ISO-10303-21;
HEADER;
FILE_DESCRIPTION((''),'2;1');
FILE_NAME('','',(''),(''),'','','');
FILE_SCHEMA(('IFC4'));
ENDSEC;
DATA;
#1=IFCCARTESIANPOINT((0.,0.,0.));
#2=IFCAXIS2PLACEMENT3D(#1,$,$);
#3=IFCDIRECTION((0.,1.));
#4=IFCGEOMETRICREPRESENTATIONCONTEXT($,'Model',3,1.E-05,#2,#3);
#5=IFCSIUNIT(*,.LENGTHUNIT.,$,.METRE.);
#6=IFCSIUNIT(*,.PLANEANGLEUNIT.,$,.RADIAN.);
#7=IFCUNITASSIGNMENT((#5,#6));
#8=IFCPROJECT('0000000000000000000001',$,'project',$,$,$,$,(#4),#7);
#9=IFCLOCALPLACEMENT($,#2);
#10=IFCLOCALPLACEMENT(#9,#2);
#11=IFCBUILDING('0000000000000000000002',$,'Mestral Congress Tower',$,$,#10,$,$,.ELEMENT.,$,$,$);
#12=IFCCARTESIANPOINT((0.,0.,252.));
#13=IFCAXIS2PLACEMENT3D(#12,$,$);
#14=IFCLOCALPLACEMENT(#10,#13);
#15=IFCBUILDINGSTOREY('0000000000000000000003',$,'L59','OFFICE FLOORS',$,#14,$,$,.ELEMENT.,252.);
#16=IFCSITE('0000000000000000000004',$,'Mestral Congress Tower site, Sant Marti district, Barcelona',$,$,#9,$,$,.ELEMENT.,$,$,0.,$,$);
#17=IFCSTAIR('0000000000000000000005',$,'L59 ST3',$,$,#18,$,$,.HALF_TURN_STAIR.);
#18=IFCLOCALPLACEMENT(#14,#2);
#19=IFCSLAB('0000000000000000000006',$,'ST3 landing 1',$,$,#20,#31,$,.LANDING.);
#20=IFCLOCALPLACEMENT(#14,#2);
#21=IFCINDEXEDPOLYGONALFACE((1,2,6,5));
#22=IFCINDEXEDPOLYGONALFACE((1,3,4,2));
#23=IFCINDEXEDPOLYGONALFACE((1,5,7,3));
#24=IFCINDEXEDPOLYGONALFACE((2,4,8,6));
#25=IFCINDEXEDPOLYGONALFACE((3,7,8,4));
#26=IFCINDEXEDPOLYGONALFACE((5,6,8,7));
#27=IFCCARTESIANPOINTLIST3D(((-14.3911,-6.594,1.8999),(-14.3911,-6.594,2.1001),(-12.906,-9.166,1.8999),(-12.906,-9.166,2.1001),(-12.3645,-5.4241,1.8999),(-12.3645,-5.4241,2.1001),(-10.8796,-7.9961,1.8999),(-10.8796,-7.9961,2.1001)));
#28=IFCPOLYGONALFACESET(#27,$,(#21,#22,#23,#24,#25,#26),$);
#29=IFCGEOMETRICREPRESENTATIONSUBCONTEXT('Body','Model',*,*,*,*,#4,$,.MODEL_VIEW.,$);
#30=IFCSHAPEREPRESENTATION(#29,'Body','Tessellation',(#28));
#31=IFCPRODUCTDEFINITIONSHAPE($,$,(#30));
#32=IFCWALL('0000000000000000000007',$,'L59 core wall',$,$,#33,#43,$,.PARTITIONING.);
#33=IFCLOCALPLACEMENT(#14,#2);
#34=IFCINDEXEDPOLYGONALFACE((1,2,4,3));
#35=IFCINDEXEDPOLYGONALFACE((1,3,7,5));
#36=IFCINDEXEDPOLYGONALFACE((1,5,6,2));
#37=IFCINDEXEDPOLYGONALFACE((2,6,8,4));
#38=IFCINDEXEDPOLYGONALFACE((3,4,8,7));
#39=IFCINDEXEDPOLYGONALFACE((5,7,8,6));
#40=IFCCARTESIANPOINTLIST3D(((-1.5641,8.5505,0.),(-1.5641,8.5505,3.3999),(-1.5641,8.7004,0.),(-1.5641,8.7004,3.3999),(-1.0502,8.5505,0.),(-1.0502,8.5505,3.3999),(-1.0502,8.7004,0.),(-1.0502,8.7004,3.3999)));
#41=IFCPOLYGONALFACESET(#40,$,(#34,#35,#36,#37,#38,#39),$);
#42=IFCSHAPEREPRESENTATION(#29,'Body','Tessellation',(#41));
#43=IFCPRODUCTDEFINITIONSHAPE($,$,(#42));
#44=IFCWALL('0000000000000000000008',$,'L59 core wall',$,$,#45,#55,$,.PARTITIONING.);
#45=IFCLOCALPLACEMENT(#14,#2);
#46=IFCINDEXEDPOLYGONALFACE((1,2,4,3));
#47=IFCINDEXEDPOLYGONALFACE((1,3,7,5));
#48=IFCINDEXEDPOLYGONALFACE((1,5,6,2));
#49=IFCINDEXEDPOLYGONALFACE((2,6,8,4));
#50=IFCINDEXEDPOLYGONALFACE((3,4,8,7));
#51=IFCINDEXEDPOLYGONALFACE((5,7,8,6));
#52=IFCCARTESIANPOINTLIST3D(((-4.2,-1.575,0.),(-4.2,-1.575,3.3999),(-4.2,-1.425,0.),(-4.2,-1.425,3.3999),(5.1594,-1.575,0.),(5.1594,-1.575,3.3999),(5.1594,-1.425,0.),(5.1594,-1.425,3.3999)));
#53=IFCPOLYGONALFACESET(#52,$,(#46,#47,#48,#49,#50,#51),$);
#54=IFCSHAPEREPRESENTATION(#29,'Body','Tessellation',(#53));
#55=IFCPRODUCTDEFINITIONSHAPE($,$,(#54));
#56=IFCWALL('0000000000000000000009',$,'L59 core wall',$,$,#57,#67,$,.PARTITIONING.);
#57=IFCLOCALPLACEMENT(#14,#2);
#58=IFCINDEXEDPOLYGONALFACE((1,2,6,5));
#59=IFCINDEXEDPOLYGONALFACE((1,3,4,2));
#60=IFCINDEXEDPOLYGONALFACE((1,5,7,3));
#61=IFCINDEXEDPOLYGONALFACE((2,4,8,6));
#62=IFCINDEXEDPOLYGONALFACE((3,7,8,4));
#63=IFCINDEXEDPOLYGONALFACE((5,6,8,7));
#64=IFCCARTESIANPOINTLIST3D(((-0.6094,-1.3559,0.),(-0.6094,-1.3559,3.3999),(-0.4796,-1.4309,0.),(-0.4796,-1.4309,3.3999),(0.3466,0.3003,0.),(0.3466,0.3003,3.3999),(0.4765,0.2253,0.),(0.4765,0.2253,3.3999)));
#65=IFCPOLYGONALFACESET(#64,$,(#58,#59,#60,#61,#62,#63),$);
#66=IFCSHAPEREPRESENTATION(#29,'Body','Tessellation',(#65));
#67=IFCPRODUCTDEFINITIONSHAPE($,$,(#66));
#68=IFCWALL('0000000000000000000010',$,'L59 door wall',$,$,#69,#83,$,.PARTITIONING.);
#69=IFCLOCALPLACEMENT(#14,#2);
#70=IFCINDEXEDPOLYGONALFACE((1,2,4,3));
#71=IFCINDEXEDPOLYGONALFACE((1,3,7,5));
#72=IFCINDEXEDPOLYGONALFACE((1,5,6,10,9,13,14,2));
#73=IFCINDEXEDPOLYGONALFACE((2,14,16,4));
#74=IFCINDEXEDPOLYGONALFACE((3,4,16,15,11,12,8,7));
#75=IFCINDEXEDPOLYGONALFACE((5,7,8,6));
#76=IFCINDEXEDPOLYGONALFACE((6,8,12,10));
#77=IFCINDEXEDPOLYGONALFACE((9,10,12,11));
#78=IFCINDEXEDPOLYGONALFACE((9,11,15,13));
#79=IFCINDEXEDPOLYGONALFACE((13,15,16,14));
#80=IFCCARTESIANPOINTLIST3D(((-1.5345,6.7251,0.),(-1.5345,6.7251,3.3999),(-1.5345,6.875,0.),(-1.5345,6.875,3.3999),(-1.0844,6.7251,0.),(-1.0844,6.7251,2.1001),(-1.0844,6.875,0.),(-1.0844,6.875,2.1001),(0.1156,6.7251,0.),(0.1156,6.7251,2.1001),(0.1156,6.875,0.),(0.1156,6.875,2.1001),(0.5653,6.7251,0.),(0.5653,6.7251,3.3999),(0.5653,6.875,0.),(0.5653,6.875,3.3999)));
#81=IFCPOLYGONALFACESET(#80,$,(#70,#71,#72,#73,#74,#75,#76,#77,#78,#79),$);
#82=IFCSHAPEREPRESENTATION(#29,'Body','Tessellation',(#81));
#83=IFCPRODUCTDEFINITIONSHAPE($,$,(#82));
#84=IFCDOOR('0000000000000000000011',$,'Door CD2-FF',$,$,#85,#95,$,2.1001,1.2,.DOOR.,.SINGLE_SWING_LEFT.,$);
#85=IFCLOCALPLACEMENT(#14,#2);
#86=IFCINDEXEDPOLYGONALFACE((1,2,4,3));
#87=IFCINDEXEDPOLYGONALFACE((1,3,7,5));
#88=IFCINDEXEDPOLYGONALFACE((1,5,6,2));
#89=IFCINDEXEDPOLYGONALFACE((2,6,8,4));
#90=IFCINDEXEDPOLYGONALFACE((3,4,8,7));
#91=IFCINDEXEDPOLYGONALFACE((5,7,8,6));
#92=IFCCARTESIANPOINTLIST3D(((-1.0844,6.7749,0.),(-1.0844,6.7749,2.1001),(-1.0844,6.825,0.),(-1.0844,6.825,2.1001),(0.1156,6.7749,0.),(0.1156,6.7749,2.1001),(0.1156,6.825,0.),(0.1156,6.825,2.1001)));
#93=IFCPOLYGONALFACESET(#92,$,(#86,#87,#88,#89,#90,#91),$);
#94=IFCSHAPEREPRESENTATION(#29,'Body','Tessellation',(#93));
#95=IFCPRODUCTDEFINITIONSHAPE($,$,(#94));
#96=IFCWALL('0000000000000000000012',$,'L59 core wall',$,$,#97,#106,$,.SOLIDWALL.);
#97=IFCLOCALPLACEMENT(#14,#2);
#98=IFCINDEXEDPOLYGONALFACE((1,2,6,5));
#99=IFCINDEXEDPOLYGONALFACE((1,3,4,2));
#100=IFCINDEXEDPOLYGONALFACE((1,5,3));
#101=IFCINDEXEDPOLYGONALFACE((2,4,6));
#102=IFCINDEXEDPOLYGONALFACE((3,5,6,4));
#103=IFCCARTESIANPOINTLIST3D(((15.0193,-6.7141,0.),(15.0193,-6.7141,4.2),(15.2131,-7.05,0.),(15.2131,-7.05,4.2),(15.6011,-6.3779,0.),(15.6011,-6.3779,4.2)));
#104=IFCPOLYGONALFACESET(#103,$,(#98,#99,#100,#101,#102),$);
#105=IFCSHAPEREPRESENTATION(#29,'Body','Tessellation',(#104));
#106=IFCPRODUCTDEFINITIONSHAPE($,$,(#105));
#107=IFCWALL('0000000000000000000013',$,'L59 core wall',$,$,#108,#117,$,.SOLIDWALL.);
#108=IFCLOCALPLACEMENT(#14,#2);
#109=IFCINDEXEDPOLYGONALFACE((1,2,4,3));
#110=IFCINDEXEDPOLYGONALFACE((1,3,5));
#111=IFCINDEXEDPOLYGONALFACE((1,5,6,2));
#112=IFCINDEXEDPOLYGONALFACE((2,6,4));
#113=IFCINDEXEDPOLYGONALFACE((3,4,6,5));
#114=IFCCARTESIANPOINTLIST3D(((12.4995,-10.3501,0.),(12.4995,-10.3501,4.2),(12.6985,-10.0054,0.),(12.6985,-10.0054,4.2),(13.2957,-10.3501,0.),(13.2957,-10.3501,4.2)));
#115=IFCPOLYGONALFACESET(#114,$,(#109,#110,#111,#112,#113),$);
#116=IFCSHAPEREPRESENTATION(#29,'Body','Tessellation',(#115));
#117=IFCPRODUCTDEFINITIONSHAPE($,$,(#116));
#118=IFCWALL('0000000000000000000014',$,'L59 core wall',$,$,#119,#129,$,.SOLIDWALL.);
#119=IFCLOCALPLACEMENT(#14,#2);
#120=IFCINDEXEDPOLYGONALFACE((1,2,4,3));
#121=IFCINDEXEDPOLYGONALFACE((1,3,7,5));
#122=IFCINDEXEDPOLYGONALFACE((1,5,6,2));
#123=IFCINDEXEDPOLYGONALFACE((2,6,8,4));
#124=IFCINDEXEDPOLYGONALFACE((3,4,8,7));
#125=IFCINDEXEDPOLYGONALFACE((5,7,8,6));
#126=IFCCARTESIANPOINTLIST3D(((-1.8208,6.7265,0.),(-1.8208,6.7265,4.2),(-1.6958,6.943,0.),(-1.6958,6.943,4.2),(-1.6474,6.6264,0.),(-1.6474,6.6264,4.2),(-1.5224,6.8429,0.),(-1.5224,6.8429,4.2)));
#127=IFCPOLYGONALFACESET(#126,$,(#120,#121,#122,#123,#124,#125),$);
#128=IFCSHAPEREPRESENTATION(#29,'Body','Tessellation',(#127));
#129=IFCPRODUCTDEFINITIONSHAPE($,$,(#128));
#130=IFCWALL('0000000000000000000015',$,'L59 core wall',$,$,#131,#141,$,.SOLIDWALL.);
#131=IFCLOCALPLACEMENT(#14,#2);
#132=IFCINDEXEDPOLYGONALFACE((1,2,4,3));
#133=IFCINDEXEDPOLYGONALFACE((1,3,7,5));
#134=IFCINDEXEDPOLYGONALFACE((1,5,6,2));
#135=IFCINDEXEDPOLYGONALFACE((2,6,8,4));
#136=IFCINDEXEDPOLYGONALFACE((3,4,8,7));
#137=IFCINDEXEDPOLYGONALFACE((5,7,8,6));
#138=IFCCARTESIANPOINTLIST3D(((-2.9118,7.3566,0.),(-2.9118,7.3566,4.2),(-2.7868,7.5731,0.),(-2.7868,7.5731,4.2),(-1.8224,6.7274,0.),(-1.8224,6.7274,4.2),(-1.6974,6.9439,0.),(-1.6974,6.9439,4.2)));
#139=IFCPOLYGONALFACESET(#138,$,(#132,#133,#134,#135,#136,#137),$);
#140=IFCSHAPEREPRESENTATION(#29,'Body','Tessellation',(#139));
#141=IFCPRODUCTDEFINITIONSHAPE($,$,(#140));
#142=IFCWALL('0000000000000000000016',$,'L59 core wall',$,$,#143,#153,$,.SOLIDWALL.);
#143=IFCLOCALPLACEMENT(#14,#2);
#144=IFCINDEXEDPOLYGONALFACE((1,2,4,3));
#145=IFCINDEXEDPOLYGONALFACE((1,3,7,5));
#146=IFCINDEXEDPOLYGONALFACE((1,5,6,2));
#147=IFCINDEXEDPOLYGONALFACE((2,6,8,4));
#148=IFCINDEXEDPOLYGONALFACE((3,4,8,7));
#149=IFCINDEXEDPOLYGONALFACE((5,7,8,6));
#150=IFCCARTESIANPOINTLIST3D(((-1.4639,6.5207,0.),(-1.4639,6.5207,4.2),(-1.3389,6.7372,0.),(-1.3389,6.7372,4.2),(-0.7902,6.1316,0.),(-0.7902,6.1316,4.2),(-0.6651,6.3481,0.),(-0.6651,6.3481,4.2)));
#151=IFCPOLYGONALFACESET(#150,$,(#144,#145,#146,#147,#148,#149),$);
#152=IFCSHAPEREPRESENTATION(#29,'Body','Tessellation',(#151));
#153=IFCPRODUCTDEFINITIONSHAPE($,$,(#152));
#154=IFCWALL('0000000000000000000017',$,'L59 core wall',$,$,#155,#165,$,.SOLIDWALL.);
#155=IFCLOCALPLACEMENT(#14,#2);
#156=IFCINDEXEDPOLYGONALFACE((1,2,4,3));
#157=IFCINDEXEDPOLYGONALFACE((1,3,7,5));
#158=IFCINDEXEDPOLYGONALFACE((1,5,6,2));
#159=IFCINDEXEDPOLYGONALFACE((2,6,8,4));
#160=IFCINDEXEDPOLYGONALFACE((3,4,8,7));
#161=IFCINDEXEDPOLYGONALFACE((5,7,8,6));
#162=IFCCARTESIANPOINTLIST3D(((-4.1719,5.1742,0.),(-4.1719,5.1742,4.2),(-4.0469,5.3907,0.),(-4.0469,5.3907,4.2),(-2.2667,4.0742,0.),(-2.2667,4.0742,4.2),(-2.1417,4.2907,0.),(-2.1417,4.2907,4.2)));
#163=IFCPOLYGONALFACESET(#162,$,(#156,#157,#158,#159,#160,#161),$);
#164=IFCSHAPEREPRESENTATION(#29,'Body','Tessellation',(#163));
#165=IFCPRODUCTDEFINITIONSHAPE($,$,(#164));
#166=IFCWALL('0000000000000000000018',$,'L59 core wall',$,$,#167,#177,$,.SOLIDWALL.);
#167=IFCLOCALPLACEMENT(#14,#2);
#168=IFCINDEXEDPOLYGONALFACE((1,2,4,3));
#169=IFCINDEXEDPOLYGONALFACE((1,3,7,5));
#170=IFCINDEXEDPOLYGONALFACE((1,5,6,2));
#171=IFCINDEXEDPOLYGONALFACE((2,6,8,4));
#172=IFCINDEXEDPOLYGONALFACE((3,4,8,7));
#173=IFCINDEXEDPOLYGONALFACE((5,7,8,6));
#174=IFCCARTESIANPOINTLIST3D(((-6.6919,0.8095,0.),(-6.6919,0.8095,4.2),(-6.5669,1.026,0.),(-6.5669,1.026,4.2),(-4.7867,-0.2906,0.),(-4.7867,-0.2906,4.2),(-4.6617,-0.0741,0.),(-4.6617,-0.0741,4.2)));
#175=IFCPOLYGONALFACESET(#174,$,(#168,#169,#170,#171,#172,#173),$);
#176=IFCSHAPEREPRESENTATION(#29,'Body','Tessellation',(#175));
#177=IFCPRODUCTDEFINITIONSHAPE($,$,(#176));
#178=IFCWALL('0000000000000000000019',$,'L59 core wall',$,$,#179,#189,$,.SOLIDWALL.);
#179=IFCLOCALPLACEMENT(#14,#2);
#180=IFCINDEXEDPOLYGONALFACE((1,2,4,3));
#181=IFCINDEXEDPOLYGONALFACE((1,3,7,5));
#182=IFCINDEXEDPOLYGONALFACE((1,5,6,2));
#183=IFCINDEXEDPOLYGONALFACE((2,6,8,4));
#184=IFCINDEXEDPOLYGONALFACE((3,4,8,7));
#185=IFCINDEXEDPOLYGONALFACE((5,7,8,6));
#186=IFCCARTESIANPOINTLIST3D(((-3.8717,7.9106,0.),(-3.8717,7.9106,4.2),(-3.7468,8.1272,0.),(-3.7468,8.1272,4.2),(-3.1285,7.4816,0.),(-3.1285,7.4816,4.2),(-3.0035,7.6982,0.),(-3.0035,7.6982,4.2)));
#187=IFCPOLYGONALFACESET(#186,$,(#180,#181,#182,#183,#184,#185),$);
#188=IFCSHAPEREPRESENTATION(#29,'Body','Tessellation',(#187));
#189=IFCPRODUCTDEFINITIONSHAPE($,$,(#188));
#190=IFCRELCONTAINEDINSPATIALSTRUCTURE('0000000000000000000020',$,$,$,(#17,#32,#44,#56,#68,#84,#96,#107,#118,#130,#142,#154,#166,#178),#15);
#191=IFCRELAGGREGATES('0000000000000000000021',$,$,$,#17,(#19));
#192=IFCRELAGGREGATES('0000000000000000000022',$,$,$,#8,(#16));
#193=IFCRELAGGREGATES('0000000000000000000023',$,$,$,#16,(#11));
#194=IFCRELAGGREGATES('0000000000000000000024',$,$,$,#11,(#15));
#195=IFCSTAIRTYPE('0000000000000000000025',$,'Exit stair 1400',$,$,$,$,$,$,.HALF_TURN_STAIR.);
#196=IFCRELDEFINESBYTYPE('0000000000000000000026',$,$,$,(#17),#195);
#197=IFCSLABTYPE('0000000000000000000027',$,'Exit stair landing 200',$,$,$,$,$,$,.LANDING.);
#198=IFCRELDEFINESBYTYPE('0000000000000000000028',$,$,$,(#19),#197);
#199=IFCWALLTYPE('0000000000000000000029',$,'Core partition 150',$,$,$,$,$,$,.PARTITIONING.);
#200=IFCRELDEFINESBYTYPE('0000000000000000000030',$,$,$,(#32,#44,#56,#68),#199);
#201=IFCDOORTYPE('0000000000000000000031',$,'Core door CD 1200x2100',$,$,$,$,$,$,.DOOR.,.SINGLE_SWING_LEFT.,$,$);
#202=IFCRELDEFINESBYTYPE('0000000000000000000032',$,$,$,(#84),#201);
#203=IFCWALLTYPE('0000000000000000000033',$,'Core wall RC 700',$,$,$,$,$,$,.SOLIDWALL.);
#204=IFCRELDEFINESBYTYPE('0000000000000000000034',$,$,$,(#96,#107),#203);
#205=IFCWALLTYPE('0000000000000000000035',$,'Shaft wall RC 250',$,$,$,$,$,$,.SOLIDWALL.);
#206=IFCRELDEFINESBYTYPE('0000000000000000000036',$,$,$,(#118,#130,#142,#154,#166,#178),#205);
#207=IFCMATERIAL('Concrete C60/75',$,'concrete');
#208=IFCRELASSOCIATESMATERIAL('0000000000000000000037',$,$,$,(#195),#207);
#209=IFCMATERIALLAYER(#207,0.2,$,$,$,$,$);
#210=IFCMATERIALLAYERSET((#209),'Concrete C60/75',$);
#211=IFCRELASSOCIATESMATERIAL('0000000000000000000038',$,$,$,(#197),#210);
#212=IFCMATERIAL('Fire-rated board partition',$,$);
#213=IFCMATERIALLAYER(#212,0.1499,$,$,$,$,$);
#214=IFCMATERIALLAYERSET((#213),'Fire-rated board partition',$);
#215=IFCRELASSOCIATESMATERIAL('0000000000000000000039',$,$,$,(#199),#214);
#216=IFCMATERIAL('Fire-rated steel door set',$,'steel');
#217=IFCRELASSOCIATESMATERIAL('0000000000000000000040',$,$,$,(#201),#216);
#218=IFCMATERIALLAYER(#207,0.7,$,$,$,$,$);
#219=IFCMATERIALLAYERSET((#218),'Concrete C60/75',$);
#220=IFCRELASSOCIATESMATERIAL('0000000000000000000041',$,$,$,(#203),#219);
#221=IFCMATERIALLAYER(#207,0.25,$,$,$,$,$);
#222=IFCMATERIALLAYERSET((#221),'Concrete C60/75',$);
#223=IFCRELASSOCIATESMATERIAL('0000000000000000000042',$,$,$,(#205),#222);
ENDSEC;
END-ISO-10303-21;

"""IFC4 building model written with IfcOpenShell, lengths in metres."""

from ifc_helpers import new_model, si_unit, direction, frame, frame_2d, origin, place, context, subcontext, project, spatial, polyline, rectangle, outline, extrude, material, layer, layer_set, type_object, element, fill, aggregate, save


model = new_model("IFC4")

# Units and contexts
model_context = context("Model", 3, precision=1e-05, world=origin(), true_north=direction((0.0, 1.0)))
body_context = subcontext(model_context, "Body", "Model", "MODEL_VIEW")
ifc_project = project(units=[si_unit("LENGTHUNIT", "METRE"), si_unit("PLANEANGLEUNIT", "RADIAN")], contexts=[model_context])

# Site, building, storey
site_placement = place(None, origin())
site = spatial("IfcSite", under=ifc_project, at=site_placement, Name="Mestral Congress Tower site, Sant Marti district, Barcelona", CompositionType="ELEMENT", RefElevation=0.0)
building_placement = place(site_placement, origin())
building = spatial("IfcBuilding", under=site, at=building_placement, Name="Mestral Congress Tower", CompositionType="ELEMENT")
storey_placement = place(building_placement, frame((0.0, 0.0, 252.0)))
storey = spatial("IfcBuildingStorey", under=building, at=storey_placement, Name="L59", Description="OFFICE FLOORS", CompositionType="ELEMENT", Elevation=252.0)

# Shared definitions
ifc_material_1 = material(Name="Concrete C60/75", Category="concrete")

# Stair, slab
stair_type = type_object("IfcStairType", Name="Exit stair 1400", PredefinedType="HALF_TURN_STAIR", material=ifc_material_1)
placement_1 = place(storey_placement, origin())
ifc_layer_1 = layer(ifc_material_1, 0.2)
ifc_layer_set_1 = layer_set([ifc_layer_1], Name="Concrete C60/75")
slab_type_1 = type_object("IfcSlabType", Name="Exit stair landing 200", PredefinedType="LANDING", material=ifc_layer_set_1)
placement_2 = place(storey_placement, frame((0.0, 0.0, 1.8999)))
stair_1 = element("IfcStair", 1, at=placement_1, inside=storey, type_object=stair_type, Name="L59 ST3", PredefinedType="HALF_TURN_STAIR")
slab_1 = element("IfcSlab", 2, at=placement_2, type_object=slab_type_1, Name="ST3 landing 1", PredefinedType="LANDING", context=body_context, shape_type="SweptSolid", body=[
    extrude(outline(polyline([(-12.3645, -5.4241), (-10.8796, -7.9961), (-12.906, -9.166), (-14.3911, -6.594), (-12.3645, -5.4241)])), origin(), (0.0, 0.0, 1.0), 0.2002),
])
aggregate(stair_1, [slab_1])

# Walls
ifc_material_2 = material(Name="Fire-rated board partition")
ifc_layer_2 = layer(ifc_material_2, 0.1499)
ifc_layer_set_2 = layer_set([ifc_layer_2], Name="Fire-rated board partition")
wall_type_1 = type_object("IfcWallType", Name="Core partition 150", PredefinedType="PARTITIONING", material=ifc_layer_set_2)
wall_1_placement = place(storey_placement, frame((-1.564, 8.6255, 0.0), z_axis=(0.0, 0.0, 1.0), x_axis=(1.0, 0.0, 0.0)))
element("IfcWall", 3, at=wall_1_placement, inside=storey, type_object=wall_type_1, Name="L59 core wall", PredefinedType="PARTITIONING", context=body_context, shape_type="SweptSolid", body=[
    extrude(rectangle(XDim=0.5139, YDim=0.1499, at=frame_2d((0.2568, 0.0))), origin(), (0.0, 0.0, 1.0), 3.3999),
])
wall_2_placement = place(storey_placement, frame((-4.2, -1.5, 0.0), z_axis=(0.0, 0.0, 1.0), x_axis=(1.0, 0.0, 0.0)))
element("IfcWall", 4, at=wall_2_placement, inside=storey, type_object=wall_type_1, Name="L59 core wall", PredefinedType="PARTITIONING", context=body_context, shape_type="SweptSolid", body=[
    extrude(rectangle(XDim=9.3594, YDim=0.1499, at=frame_2d((4.6797, 0.0))), origin(), (0.0, 0.0, 1.0), 3.3999),
])
wall_3_placement = place(storey_placement, frame((-0.5444, -1.3933, 0.0), z_axis=(0.0, 0.0, 1.0), x_axis=(0.499929, 0.866067, 0.0)))
element("IfcWall", 5, at=wall_3_placement, inside=storey, type_object=wall_type_1, Name="L59 core wall", PredefinedType="PARTITIONING", context=body_context, shape_type="SweptSolid", body=[
    extrude(rectangle(XDim=1.9124, YDim=0.1499, at=frame_2d((0.9561, 0.0))), origin(), (0.0, 0.0, 1.0), 3.3999),
])

# Wall, opening, door
wall_4_placement = place(storey_placement, frame((-1.5344, 6.8, 0.0), z_axis=(0.0, 0.0, 1.0), x_axis=(1.0, 0.0, 0.0)))
wall_4 = element("IfcWall", 6, at=wall_4_placement, inside=storey, type_object=wall_type_1, Name="L59 door wall", PredefinedType="PARTITIONING", context=body_context, shape_type="SweptSolid", body=[
    extrude(rectangle(XDim=2.0999, YDim=0.1499, at=frame_2d((1.0498, 0.0))), origin(), (0.0, 0.0, 1.0), 3.3999),
])
opening_1_placement = place(wall_4_placement, frame((0.45, 0.0, 0.0)))
opening_1 = element("IfcOpeningElement", 7, at=opening_1_placement, cuts=wall_4, PredefinedType="OPENING", context=body_context, shape_type="SweptSolid", body=[
    extrude(rectangle(XDim=1.2, YDim=2.1001, at=frame_2d((0.6001, 1.05))), frame((0.0, 0.085, 0.0), z_axis=(0.0, -1.0, 0.0), x_axis=(1.0, 0.0, 0.0)), (0.0, 0.0, 1.0), 0.1699),
])
ifc_material_3 = material(Name="Fire-rated steel door set", Category="steel")
door_type_1 = type_object("IfcDoorType", Name="Core door CD 1200x2100", OperationType="SINGLE_SWING_LEFT", PredefinedType="DOOR", material=ifc_material_3)
door_1_placement = place(opening_1_placement, origin())
door_1 = element("IfcDoor", 8, at=door_1_placement, inside=storey, type_object=door_type_1, Name="Door CD2-FF", OperationType="SINGLE_SWING_LEFT", OverallHeight=2.1001, OverallWidth=1.2, PredefinedType="DOOR", context=body_context, shape_type="SweptSolid", body=[
    extrude(rectangle(XDim=1.2, YDim=2.1001, at=frame_2d((0.6001, 1.05))), frame((0.0, 0.0249, 0.0), z_axis=(0.0, -1.0, 0.0), x_axis=(1.0, 0.0, 0.0)), (0.0, 0.0, 1.0), 0.05),
])
fill(opening_1, door_1)

# Walls
ifc_layer_3 = layer(ifc_material_1, 0.7)
ifc_layer_set_3 = layer_set([ifc_layer_3], Name="Concrete C60/75")
wall_type_2 = type_object("IfcWallType", Name="Core wall RC 700", PredefinedType="SOLIDWALL", material=ifc_layer_set_3)
element("IfcWall", 9, at=placement_1, inside=storey, type_object=wall_type_2, Name="L59 core wall", PredefinedType="SOLIDWALL", context=body_context, shape_type="SweptSolid", body=[
    extrude(outline(polyline([(15.2131, -7.05), (15.0193, -6.7141), (15.6011, -6.3779), (15.2131, -7.05)])), origin(), (0.0, 0.0, 1.0), 4.2),
])
element("IfcWall", 10, at=placement_1, inside=storey, type_object=wall_type_2, Name="L59 core wall", PredefinedType="SOLIDWALL", context=body_context, shape_type="SweptSolid", body=[
    extrude(outline(polyline([(12.4995, -10.3501), (12.6985, -10.0054), (13.2957, -10.3501), (12.4995, -10.3501)])), origin(), (0.0, 0.0, 1.0), 4.2),
])
ifc_layer_4 = layer(ifc_material_1, 0.25)
ifc_layer_set_4 = layer_set([ifc_layer_4], Name="Concrete C60/75")
wall_type_3 = type_object("IfcWallType", Name="Shaft wall RC 250", PredefinedType="SOLIDWALL", material=ifc_layer_set_4)
wall_5_placement = place(storey_placement, frame((-1.7583, 6.8347, 0.0), z_axis=(0.0, 0.0, 1.0), x_axis=(0.865982, -0.500074, 0.0)))
element("IfcWall", 11, at=wall_5_placement, inside=storey, type_object=wall_type_3, Name="L59 core wall", PredefinedType="SOLIDWALL", context=body_context, shape_type="SweptSolid", body=[
    extrude(rectangle(XDim=0.2002, YDim=0.25, at=frame_2d((0.1001, 0.0))), origin(), (0.0, 0.0, 1.0), 4.2),
])
wall_6_placement = place(storey_placement, frame((-1.76, 6.8357, 0.0), z_axis=(0.0, 0.0, 1.0), x_axis=(-0.865953, 0.500126, 0.0)))
element("IfcWall", 12, at=wall_6_placement, inside=storey, type_object=wall_type_3, Name="L59 core wall", PredefinedType="SOLIDWALL", context=body_context, shape_type="SweptSolid", body=[
    extrude(rectangle(XDim=1.2581, YDim=0.25, at=frame_2d((0.6289, 0.0))), origin(), (0.0, 0.0, 1.0), 4.2),
])
wall_7_placement = place(storey_placement, frame((-0.7275, 6.2397, 0.0), z_axis=(0.0, 0.0, 1.0), x_axis=(-0.865956, 0.500121, 0.0)))
element("IfcWall", 13, at=wall_7_placement, inside=storey, type_object=wall_type_3, Name="L59 core wall", PredefinedType="SOLIDWALL", context=body_context, shape_type="SweptSolid", body=[
    extrude(rectangle(XDim=0.7781, YDim=0.25, at=frame_2d((0.3892, 0.0))), origin(), (0.0, 0.0, 1.0), 4.2),
])
for number, where, z_axis, x_axis, name in (
    (14, (-2.2041, 4.1824, 0.0), (0.0, 0.0, 1.0), (-0.866008, 0.50003, 0.0), "L59 core wall"),
    (15, (-4.7241, -0.1824, 0.0), (0.0, 0.0, 1.0), (-0.866008, 0.50003, 0.0), "L59 core wall"),
):
    element("IfcWall", number, at=place(storey_placement, frame(where, z_axis=z_axis, x_axis=x_axis)), inside=storey, type_object=wall_type_3, Name=name, PredefinedType="SOLIDWALL", context=body_context, shape_type="SweptSolid", body=[
        extrude(rectangle(XDim=2.2, YDim=0.25, at=frame_2d((1.1001, 0.0))), origin(), (0.0, 0.0, 1.0), 4.2),
    ])
wall_8_placement = place(storey_placement, frame((-3.0659, 7.5898, 0.0), z_axis=(0.0, 0.0, 1.0), x_axis=(-0.866081, 0.499903, 0.0)))
element("IfcWall", 16, at=wall_8_placement, inside=storey, type_object=wall_type_3, Name="L59 core wall", PredefinedType="SOLIDWALL", context=body_context, shape_type="SweptSolid", body=[
    extrude(rectangle(XDim=0.8582, YDim=0.25, at=frame_2d((0.4292, 0.0))), origin(), (0.0, 0.0, 1.0), 4.2),
])

save(model, "model.ifc")
